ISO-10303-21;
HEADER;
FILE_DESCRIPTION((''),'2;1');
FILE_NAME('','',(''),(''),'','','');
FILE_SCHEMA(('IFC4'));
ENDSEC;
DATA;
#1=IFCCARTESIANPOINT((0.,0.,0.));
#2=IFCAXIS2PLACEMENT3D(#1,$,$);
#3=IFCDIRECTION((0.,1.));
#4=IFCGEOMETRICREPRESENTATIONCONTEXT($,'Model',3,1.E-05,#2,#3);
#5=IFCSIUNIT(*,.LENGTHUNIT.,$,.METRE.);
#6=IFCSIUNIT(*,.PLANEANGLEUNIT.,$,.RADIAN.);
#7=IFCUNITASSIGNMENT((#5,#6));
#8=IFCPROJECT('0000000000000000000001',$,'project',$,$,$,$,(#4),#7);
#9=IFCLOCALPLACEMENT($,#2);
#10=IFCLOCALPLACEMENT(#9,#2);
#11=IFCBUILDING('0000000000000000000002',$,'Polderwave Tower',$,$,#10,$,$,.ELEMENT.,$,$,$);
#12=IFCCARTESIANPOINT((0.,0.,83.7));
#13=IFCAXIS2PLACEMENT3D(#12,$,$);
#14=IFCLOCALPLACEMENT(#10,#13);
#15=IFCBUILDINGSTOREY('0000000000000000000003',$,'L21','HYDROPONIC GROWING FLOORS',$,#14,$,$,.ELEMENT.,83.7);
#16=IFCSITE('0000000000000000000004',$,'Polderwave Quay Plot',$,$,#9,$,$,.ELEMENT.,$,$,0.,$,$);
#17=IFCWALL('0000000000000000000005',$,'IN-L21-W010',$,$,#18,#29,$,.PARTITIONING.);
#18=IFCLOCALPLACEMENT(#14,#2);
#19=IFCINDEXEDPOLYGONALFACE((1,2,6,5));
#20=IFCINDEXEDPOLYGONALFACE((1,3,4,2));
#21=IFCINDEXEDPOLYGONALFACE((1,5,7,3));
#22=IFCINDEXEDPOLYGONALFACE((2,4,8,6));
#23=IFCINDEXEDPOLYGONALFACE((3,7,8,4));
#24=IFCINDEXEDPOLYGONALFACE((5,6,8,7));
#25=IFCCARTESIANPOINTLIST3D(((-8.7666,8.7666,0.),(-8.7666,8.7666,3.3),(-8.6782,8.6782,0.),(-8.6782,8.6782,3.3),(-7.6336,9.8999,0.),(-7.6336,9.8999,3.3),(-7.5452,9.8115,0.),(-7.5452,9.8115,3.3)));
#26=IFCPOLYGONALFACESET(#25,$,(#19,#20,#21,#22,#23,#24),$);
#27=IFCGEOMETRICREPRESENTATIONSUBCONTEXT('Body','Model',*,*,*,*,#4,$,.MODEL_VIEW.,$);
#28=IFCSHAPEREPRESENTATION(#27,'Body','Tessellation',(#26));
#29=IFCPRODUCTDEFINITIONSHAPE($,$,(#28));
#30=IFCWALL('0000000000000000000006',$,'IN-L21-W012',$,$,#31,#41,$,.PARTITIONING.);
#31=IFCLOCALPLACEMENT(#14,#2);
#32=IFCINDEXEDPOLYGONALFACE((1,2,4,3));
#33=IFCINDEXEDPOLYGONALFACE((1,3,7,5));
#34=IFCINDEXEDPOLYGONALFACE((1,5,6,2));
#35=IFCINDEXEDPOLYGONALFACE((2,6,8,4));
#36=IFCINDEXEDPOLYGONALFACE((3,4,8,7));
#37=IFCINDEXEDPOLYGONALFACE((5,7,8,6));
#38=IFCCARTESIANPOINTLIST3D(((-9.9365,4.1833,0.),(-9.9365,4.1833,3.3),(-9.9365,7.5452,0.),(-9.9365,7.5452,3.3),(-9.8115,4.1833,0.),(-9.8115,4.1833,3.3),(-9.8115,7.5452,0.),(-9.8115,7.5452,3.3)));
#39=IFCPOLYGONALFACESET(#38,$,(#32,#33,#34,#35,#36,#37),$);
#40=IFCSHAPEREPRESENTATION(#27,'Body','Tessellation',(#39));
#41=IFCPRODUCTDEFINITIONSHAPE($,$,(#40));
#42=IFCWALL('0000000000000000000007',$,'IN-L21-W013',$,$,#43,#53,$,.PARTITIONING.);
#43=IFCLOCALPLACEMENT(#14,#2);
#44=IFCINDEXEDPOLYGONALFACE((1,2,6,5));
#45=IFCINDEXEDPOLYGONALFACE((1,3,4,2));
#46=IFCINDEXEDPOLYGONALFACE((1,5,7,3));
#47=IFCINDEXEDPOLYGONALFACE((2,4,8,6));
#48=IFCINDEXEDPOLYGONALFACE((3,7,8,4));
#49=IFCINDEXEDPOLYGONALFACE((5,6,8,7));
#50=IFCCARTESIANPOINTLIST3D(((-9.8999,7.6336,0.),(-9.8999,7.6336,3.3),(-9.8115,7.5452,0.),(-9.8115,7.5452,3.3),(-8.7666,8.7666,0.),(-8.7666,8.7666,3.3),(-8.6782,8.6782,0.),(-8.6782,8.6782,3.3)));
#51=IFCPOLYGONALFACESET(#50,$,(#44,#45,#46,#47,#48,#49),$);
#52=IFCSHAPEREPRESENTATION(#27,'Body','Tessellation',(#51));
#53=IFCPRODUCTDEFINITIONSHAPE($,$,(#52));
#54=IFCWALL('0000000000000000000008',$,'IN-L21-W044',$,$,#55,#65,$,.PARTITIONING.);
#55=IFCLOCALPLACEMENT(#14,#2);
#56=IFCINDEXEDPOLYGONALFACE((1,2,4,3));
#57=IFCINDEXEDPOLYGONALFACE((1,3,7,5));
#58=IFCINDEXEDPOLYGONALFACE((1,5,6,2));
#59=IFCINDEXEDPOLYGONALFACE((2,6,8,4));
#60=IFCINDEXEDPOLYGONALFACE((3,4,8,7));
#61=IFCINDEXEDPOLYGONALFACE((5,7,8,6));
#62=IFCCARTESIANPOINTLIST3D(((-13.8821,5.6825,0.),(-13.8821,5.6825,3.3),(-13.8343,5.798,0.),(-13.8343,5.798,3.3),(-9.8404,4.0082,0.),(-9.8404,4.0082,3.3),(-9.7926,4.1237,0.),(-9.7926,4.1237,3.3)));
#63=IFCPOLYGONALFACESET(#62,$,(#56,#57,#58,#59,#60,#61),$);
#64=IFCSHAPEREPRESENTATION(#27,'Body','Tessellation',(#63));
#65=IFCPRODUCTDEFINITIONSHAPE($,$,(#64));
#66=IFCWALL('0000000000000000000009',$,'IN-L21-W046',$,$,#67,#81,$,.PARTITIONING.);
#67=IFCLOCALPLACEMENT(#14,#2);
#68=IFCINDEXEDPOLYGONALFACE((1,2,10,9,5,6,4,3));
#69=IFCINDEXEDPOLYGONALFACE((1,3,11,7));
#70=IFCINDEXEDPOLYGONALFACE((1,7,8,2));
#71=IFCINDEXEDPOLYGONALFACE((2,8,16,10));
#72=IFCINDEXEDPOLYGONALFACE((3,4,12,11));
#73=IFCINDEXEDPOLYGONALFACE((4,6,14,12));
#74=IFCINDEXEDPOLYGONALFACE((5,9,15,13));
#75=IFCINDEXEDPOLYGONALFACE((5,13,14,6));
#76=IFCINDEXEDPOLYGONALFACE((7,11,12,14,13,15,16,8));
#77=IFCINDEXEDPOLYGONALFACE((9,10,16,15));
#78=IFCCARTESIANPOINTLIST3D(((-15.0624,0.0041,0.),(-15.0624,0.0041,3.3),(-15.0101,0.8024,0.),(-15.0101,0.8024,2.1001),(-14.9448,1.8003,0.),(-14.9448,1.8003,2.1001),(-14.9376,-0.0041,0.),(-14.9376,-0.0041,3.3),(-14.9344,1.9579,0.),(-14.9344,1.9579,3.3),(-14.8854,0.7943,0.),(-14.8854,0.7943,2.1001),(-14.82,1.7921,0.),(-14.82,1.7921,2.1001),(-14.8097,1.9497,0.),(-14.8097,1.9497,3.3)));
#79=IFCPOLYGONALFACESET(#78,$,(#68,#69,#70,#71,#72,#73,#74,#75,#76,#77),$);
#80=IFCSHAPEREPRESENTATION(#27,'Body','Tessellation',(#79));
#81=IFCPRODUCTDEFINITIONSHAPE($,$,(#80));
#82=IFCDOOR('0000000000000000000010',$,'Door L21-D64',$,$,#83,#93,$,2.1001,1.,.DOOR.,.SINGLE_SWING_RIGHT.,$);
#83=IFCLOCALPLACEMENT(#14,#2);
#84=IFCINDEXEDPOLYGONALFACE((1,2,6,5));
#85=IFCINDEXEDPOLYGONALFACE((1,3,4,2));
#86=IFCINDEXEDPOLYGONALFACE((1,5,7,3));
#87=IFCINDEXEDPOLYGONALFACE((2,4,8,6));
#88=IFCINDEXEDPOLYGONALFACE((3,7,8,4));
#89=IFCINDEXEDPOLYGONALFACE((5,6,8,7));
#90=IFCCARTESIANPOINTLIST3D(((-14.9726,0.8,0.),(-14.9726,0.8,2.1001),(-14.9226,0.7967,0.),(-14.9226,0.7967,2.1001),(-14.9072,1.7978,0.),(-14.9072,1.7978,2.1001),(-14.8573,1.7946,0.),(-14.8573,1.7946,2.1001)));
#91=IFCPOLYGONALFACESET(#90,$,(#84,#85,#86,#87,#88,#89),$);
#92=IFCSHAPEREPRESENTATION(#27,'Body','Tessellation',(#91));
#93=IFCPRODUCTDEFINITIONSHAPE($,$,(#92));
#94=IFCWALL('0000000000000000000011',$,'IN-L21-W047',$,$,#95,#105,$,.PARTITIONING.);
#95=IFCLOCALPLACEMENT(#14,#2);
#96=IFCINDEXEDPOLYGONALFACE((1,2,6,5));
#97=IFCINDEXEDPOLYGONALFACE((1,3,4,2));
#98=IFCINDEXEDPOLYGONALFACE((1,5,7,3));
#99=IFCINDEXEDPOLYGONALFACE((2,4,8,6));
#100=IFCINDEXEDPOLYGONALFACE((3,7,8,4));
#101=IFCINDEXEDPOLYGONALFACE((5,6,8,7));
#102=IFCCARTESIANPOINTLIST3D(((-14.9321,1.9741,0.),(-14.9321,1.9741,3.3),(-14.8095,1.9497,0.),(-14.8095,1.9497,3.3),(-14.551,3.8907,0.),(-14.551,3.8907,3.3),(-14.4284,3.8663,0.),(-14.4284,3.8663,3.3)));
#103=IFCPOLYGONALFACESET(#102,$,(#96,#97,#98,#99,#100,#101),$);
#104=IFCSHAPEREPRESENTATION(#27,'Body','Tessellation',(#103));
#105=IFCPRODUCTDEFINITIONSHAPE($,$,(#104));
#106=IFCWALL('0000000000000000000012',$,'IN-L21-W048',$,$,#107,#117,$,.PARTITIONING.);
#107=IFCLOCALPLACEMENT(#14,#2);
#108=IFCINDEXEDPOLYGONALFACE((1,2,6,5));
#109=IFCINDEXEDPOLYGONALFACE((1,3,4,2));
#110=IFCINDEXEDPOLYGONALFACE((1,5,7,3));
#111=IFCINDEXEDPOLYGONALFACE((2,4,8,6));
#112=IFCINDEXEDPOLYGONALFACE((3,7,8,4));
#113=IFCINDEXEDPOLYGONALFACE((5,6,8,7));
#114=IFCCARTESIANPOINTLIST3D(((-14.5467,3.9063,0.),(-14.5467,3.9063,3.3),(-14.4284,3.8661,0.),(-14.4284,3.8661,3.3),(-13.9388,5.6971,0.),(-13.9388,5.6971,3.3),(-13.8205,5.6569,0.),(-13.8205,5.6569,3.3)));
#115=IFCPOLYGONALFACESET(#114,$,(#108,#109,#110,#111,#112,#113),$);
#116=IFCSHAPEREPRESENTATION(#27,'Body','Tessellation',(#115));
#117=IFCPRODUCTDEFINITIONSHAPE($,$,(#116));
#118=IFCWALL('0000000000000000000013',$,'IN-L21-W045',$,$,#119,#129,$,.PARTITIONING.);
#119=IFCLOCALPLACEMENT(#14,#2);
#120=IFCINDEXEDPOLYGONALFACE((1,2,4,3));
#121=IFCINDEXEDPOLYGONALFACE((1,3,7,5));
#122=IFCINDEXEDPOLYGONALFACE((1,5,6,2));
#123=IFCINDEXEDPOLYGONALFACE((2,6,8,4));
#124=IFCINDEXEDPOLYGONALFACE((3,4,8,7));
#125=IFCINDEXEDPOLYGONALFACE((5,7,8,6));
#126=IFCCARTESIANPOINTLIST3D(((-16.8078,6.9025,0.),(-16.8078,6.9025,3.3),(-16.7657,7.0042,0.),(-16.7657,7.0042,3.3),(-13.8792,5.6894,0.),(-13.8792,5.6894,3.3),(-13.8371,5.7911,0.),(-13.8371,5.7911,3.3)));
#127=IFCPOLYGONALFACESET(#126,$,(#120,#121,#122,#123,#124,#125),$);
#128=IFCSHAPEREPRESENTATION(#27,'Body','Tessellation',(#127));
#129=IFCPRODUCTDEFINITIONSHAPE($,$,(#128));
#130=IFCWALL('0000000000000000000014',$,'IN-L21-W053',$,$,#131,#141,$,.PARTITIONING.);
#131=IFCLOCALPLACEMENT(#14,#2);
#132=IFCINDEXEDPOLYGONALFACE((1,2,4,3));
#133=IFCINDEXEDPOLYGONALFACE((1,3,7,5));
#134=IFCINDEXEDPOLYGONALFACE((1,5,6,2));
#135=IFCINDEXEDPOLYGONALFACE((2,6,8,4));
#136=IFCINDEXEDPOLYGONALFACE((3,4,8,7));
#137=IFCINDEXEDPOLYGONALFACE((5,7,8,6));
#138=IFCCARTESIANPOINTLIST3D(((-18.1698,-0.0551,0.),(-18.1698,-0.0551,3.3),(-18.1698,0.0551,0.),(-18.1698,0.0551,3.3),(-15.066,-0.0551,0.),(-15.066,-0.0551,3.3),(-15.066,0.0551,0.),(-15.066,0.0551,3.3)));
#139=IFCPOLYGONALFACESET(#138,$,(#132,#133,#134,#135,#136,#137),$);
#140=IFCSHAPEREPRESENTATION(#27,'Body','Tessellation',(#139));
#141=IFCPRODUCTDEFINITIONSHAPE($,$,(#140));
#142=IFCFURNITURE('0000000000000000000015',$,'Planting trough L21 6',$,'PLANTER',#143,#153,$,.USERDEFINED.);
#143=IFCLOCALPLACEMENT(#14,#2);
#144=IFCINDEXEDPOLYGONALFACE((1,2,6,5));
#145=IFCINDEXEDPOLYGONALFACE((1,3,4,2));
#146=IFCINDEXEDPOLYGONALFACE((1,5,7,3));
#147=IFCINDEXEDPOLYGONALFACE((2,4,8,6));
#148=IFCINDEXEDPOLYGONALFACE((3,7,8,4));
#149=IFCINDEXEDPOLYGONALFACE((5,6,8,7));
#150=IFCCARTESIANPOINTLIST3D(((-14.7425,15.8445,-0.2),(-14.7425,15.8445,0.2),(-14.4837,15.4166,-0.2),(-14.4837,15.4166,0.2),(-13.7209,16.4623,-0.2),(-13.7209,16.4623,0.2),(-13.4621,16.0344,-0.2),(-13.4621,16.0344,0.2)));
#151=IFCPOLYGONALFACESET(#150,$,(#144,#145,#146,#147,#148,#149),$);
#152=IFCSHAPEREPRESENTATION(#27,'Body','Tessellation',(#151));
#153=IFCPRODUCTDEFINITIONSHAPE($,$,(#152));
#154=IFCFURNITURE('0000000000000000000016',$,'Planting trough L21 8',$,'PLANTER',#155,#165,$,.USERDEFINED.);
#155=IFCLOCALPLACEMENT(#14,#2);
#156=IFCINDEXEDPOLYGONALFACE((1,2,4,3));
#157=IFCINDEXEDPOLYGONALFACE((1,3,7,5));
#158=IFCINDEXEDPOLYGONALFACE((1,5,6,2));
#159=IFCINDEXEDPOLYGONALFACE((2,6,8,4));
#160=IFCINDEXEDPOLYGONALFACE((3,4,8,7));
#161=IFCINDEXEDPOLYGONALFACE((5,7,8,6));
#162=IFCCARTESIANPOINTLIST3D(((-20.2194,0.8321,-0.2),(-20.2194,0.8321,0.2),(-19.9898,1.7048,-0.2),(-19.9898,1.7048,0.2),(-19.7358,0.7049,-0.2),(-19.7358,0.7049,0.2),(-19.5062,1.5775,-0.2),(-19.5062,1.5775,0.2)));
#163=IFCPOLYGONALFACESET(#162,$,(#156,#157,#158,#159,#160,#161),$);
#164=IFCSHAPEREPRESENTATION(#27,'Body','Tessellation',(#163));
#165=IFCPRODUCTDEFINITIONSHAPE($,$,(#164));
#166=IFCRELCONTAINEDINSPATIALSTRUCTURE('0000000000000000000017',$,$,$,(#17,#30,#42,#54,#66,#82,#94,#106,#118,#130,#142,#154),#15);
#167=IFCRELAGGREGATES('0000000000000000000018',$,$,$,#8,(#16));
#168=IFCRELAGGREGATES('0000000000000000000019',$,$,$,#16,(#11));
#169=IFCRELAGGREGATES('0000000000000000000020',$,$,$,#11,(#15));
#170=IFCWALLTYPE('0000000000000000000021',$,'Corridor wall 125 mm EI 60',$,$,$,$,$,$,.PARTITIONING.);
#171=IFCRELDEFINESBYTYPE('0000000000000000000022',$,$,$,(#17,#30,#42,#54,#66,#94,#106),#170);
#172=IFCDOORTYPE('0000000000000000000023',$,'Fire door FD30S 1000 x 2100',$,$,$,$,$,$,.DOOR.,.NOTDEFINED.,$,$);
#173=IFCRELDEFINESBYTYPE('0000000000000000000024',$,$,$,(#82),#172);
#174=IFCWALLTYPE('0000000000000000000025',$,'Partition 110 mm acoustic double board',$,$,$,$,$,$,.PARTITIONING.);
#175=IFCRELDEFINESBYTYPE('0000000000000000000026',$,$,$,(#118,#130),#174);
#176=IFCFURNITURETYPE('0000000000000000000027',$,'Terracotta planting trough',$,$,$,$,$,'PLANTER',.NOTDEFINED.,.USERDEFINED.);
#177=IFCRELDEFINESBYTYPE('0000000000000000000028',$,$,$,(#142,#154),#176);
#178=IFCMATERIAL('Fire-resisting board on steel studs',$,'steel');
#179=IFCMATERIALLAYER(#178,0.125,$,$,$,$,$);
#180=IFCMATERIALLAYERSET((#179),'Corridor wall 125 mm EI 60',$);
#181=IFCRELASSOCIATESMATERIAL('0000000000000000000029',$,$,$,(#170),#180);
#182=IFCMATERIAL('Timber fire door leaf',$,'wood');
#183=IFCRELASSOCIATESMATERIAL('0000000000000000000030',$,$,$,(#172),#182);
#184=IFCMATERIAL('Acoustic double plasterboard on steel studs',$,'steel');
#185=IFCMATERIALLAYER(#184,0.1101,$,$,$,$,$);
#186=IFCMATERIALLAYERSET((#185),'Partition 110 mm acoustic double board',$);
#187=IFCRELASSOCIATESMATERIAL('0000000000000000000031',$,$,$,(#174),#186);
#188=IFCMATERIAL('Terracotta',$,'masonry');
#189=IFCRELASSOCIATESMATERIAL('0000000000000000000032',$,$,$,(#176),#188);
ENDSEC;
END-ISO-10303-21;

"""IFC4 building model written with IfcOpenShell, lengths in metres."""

from ifc_helpers import new_model, si_unit, direction, frame, frame_2d, origin, origin_2d, place, context, subcontext, project, spatial, rectangle, extrude, material, layer, layer_set, type_object, element, fill, save


model = new_model("IFC4")

# Units and contexts
model_context = context("Model", 3, precision=1e-05, world=origin(), true_north=direction((0.0, 1.0)))
body_context = subcontext(model_context, "Body", "Model", "MODEL_VIEW")
ifc_project = project(units=[si_unit("LENGTHUNIT", "METRE"), si_unit("PLANEANGLEUNIT", "RADIAN")], contexts=[model_context])

# Site, building, storey
site_placement = place(None, origin())
site = spatial("IfcSite", under=ifc_project, at=site_placement, Name="Polderwave Quay Plot", CompositionType="ELEMENT", RefElevation=0.0)
building_placement = place(site_placement, origin())
building = spatial("IfcBuilding", under=site, at=building_placement, Name="Polderwave Tower", CompositionType="ELEMENT")
storey_placement = place(building_placement, frame((0.0, 0.0, 83.7)))
storey = spatial("IfcBuildingStorey", under=building, at=storey_placement, Name="L21", Description="HYDROPONIC GROWING FLOORS", CompositionType="ELEMENT", Elevation=83.7)

# Walls
ifc_material_1 = material(Name="Fire-resisting board on steel studs", Category="steel")
ifc_layer_1 = layer(ifc_material_1, 0.125)
ifc_layer_set_1 = layer_set([ifc_layer_1], Name="Corridor wall 125 mm EI 60")
wall_type_1 = type_object("IfcWallType", Name="Corridor wall 125 mm EI 60", PredefinedType="PARTITIONING", material=ifc_layer_set_1)
wall_1_placement = place(storey_placement, frame((-8.7224, 8.7224, 0.0), z_axis=(0.0, 0.0, 1.0), x_axis=(0.707031, 0.707183, 0.0)))
element("IfcWall", 1, at=wall_1_placement, inside=storey, type_object=wall_type_1, Name="IN-L21-W010", PredefinedType="PARTITIONING", context=body_context, shape_type="SweptSolid", body=[
    extrude(rectangle(XDim=1.6025, YDim=0.125, at=frame_2d((0.8013, 0.0))), origin(), (0.0, 0.0, 1.0), 3.3),
])
wall_2_placement = place(storey_placement, frame((-9.874, 4.1833, 0.0), z_axis=(0.0, 0.0, 1.0), x_axis=(0.0, 1.0, 0.0)))
element("IfcWall", 2, at=wall_2_placement, inside=storey, type_object=wall_type_1, Name="IN-L21-W012", PredefinedType="PARTITIONING", context=body_context, shape_type="SweptSolid", body=[
    extrude(rectangle(XDim=3.3618, YDim=0.125, at=frame_2d((1.6809, 0.0))), origin(), (0.0, 0.0, 1.0), 3.3),
])
wall_3_placement = place(storey_placement, frame((-9.8557, 7.5894, 0.0), z_axis=(0.0, 0.0, 1.0), x_axis=(0.707183, 0.707031, 0.0)))
element("IfcWall", 3, at=wall_3_placement, inside=storey, type_object=wall_type_1, Name="IN-L21-W013", PredefinedType="PARTITIONING", context=body_context, shape_type="SweptSolid", body=[
    extrude(rectangle(XDim=1.6025, YDim=0.125, at=frame_2d((0.8013, 0.0))), origin(), (0.0, 0.0, 1.0), 3.3),
])
wall_4_placement = place(storey_placement, frame((-9.8164, 4.0659, 0.0), z_axis=(0.0, 0.0, 1.0), x_axis=(-0.923866, 0.382717, 0.0)))
element("IfcWall", 4, at=wall_4_placement, inside=storey, type_object=wall_type_1, Name="IN-L21-W044", PredefinedType="PARTITIONING", context=body_context, shape_type="SweptSolid", body=[
    extrude(rectangle(XDim=4.3748, YDim=0.125, at=frame_2d((2.1875, 0.0))), origin(), (0.0, 0.0, 1.0), 3.3),
])

# Wall, opening, door
wall_5_placement = place(storey_placement, frame((-15.0, 0.0, 0.0), z_axis=(0.0, 0.0, 1.0), x_axis=(0.065336, 0.997863, 0.0)))
wall_5 = element("IfcWall", 5, at=wall_5_placement, inside=storey, type_object=wall_type_1, Name="IN-L21-W046", PredefinedType="PARTITIONING", context=body_context, shape_type="SweptSolid", body=[
    extrude(rectangle(XDim=1.958, YDim=0.125, at=frame_2d((0.979, 0.0))), origin(), (0.0, 0.0, 1.0), 3.3),
])
opening_placement = place(wall_5_placement, frame((0.8, 0.0, 0.0)))
opening = element("IfcOpeningElement", 6, at=opening_placement, cuts=wall_5, PredefinedType="OPENING", context=body_context, shape_type="SweptSolid", body=[
    extrude(rectangle(XDim=1.0, YDim=2.1001, at=frame_2d((0.5, 1.05))), frame((0.0, 0.0725, 0.0), z_axis=(0.0, -1.0, 0.0), x_axis=(1.0, 0.0, 0.0)), (0.0, 0.0, 1.0), 0.145),
])
ifc_material_2 = material(Name="Timber fire door leaf", Category="wood")
door_type = type_object("IfcDoorType", Name="Fire door FD30S 1000 x 2100", OperationType="NOTDEFINED", PredefinedType="DOOR", material=ifc_material_2)
door_placement = place(opening_placement, origin())
door = element("IfcDoor", 7, at=door_placement, inside=storey, type_object=door_type, Name="Door L21-D64", OperationType="SINGLE_SWING_RIGHT", OverallHeight=2.1001, OverallWidth=1.0, PredefinedType="DOOR", context=body_context, shape_type="SweptSolid", body=[
    extrude(rectangle(XDim=1.0, YDim=2.1001, at=frame_2d((0.5, 1.05))), frame((0.0, 0.0249, 0.0), z_axis=(0.0, -1.0, 0.0), x_axis=(1.0, 0.0, 0.0)), (0.0, 0.0, 1.0), 0.05),
])
fill(opening, door)

# Walls
wall_6_placement = place(storey_placement, frame((-14.8708, 1.9619, 0.0), z_axis=(0.0, 0.0, 1.0), x_axis=(0.195035, 0.980796, 0.0)))
element("IfcWall", 8, at=wall_6_placement, inside=storey, type_object=wall_type_1, Name="IN-L21-W047", PredefinedType="PARTITIONING", context=body_context, shape_type="SweptSolid", body=[
    extrude(rectangle(XDim=1.9541, YDim=0.125, at=frame_2d((0.9771, 0.0))), origin(), (0.0, 0.0, 1.0), 3.3),
])
wall_7_placement = place(storey_placement, frame((-14.4875, 3.8862, 0.0), z_axis=(0.0, 0.0, 1.0), x_axis=(0.321451, 0.946926, 0.0)))
element("IfcWall", 9, at=wall_7_placement, inside=storey, type_object=wall_type_1, Name="IN-L21-W048", PredefinedType="PARTITIONING", context=body_context, shape_type="SweptSolid", body=[
    extrude(rectangle(XDim=1.8911, YDim=0.125, at=frame_2d((0.9456, 0.0))), origin(), (0.0, 0.0, 1.0), 3.3),
])
ifc_material_3 = material(Name="Acoustic double plasterboard on steel studs", Category="steel")
ifc_layer_2 = layer(ifc_material_3, 0.1101)
ifc_layer_set_2 = layer_set([ifc_layer_2], Name="Partition 110 mm acoustic double board")
wall_type_2 = type_object("IfcWallType", Name="Partition 110 mm acoustic double board", PredefinedType="PARTITIONING", material=ifc_layer_set_2)
wall_8_placement = place(storey_placement, frame((-13.8582, 5.7402, 0.0), z_axis=(0.0, 0.0, 1.0), x_axis=(-0.923877, 0.38269, 0.0)))
element("IfcWall", 10, at=wall_8_placement, inside=storey, type_object=wall_type_2, Name="IN-L21-W045", PredefinedType="PARTITIONING", context=body_context, shape_type="SweptSolid", body=[
    extrude(rectangle(XDim=3.1699, YDim=0.1101, at=frame_2d((1.585, 0.0))), origin(), (0.0, 0.0, 1.0), 3.3),
])
wall_9_placement = place(storey_placement, frame((-15.0662, 0.0, 0.0), z_axis=(0.0, 0.0, 1.0), x_axis=(-1.0, 0.0, 0.0)))
element("IfcWall", 11, at=wall_9_placement, inside=storey, type_object=wall_type_2, Name="IN-L21-W053", PredefinedType="PARTITIONING", context=body_context, shape_type="SweptSolid", body=[
    extrude(rectangle(XDim=3.1038, YDim=0.1101, at=frame_2d((1.5518, 0.0))), origin(), (0.0, 0.0, 1.0), 3.3),
])

# Furniture
ifc_material_4 = material(Name="Terracotta", Category="masonry")
furniture_type = type_object("IfcFurnitureType", Name="Terracotta planting trough", ElementType="PLANTER", AssemblyPlace="NOTDEFINED", PredefinedType="USERDEFINED", material=ifc_material_4)
furniture_1_placement = place(storey_placement, frame((-14.1023, 15.9395, -0.2), z_axis=(0.0, 0.0, 1.0), x_axis=(-0.855712, -0.517452, 0.0)))
element("IfcFurniture", 12, at=furniture_1_placement, inside=storey, type_object=furniture_type, Name="Planting trough L21 6", ObjectType="PLANTER", PredefinedType="USERDEFINED", context=body_context, shape_type="SweptSolid", body=[
    extrude(rectangle(XDim=1.1938, YDim=0.5, at=origin_2d()), origin(), (0.0, 0.0, 1.0), 0.3999),
])
furniture_2_placement = place(storey_placement, frame((-19.8628, 1.2048, -0.2), z_axis=(0.0, 0.0, 1.0), x_axis=(-0.254464, -0.967082, 0.0)))
element("IfcFurniture", 13, at=furniture_2_placement, inside=storey, type_object=furniture_type, Name="Planting trough L21 8", ObjectType="PLANTER", PredefinedType="USERDEFINED", context=body_context, shape_type="SweptSolid", body=[
    extrude(rectangle(XDim=0.9023, YDim=0.5, at=origin_2d()), origin(), (0.0, 0.0, 1.0), 0.3999),
])

save(model, "model.ifc")
